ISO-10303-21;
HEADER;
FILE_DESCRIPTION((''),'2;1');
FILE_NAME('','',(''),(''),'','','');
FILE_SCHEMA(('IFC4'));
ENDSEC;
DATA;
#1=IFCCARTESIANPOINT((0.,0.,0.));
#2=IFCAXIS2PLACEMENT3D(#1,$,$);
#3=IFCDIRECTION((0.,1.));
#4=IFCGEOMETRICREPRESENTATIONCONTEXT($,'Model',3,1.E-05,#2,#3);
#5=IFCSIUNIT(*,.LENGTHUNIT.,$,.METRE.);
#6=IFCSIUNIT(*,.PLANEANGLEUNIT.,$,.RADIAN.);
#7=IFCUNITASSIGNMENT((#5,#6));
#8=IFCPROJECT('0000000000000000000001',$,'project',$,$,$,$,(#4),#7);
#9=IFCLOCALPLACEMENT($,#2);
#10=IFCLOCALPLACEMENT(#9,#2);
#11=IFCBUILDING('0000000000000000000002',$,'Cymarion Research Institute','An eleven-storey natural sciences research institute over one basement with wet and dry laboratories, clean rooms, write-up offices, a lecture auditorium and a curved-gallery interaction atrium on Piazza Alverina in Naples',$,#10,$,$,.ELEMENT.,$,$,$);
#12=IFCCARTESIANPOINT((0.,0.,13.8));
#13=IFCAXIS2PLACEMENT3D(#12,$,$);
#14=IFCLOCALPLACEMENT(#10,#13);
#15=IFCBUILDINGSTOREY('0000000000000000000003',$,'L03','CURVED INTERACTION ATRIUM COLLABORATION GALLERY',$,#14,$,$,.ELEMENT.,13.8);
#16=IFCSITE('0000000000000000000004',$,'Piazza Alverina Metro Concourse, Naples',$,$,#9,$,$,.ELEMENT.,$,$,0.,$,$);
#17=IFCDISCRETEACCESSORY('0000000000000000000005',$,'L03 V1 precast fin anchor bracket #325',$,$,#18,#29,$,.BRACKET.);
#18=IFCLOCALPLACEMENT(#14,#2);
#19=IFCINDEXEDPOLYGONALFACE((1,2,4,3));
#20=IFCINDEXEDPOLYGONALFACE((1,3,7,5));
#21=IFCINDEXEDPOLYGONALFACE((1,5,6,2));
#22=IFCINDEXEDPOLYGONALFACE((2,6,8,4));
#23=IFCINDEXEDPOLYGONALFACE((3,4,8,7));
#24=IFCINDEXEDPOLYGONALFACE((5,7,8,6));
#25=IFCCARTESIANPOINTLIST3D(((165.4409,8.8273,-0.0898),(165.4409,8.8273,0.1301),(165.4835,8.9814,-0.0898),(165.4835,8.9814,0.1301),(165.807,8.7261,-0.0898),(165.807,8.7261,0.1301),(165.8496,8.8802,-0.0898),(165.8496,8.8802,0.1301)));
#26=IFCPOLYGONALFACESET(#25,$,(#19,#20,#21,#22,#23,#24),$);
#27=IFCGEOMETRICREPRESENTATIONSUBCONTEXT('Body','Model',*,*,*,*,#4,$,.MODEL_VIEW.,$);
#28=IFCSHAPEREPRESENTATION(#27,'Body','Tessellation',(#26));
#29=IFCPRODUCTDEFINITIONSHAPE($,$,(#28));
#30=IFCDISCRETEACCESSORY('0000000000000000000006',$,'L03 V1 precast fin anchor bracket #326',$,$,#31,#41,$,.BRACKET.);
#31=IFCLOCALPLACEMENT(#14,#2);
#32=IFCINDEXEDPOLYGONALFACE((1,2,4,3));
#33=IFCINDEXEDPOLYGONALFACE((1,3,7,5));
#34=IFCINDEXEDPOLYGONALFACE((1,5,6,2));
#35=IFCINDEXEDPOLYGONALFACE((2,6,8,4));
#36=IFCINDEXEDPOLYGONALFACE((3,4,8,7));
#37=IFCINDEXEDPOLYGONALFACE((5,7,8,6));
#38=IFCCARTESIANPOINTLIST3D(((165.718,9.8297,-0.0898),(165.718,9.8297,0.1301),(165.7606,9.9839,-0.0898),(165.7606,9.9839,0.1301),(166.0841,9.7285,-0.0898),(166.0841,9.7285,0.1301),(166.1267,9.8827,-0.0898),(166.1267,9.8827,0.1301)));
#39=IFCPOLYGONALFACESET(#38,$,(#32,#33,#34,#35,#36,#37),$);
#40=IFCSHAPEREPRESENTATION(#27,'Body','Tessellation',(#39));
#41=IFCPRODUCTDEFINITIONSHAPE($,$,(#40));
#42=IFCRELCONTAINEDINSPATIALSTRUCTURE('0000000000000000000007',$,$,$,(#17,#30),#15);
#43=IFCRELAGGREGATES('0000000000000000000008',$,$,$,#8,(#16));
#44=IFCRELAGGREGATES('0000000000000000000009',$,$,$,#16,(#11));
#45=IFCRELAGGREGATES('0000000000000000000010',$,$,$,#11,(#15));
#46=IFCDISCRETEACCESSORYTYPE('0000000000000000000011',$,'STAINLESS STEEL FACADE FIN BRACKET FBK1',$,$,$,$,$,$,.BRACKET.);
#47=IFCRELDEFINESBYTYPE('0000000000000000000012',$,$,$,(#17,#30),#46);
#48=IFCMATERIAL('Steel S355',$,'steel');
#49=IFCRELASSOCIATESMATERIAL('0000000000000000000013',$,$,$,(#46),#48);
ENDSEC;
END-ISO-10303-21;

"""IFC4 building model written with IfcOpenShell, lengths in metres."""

from ifc_helpers import new_model, si_unit, direction, frame, origin, origin_2d, place, context, subcontext, project, spatial, rectangle, extrude, material, type_object, element, save


model = new_model("IFC4")

# Units and contexts
model_context = context("Model", 3, precision=1e-05, world=origin(), true_north=direction((0.0, 1.0)))
body_context = subcontext(model_context, "Body", "Model", "MODEL_VIEW")
ifc_project = project(units=[si_unit("LENGTHUNIT", "METRE"), si_unit("PLANEANGLEUNIT", "RADIAN")], contexts=[model_context])

# Site, building, storey
site_placement = place(None, origin())
site = spatial("IfcSite", under=ifc_project, at=site_placement, Name="Piazza Alverina Metro Concourse, Naples", CompositionType="ELEMENT", RefElevation=0.0)
building_placement = place(site_placement, origin())
building = spatial("IfcBuilding", under=site, at=building_placement, Name="Cymarion Research Institute", Description="An eleven-storey natural sciences research institute over one basement with wet and dry laboratories, clean rooms, write-up offices, a lecture auditorium and a curved-gallery interaction atrium on Piazza Alverina in Naples", CompositionType="ELEMENT")
storey_placement = place(building_placement, frame((0.0, 0.0, 13.8)))
storey = spatial("IfcBuildingStorey", under=building, at=storey_placement, Name="L03", Description="CURVED INTERACTION ATRIUM COLLABORATION GALLERY", CompositionType="ELEMENT", Elevation=13.8)

# Shared definitions
ifc_material_1 = material(Name="Steel S355", Category="steel")

# Discrete accessories
discrete_accessory_type = type_object("IfcDiscreteAccessoryType", Name="STAINLESS STEEL FACADE FIN BRACKET FBK1", PredefinedType="BRACKET", material=ifc_material_1)
for number, where, z_axis, x_axis, name in (
    (1, (165.6453, 8.8538, -0.0898), (0.0, 0.0, 1.0), (0.963863, -0.266397, 0.0), "L03 V1 precast fin anchor bracket #325"),
    (2, (165.9224, 9.8562, -0.0898), (0.0, 0.0, 1.0), (0.963863, -0.266397, 0.0), "L03 V1 precast fin anchor bracket #326"),
):
    element("IfcDiscreteAccessory", number, at=place(storey_placement, frame(where, z_axis=z_axis, x_axis=x_axis)), inside=storey, type_object=discrete_accessory_type, Name=name, PredefinedType="BRACKET", context=body_context, shape_type="SweptSolid", body=[
        extrude(rectangle(XDim=0.3799, YDim=0.1599, at=origin_2d()), origin(), (0.0, 0.0, 1.0), 0.22),
    ])

save(model, "model.ifc")
